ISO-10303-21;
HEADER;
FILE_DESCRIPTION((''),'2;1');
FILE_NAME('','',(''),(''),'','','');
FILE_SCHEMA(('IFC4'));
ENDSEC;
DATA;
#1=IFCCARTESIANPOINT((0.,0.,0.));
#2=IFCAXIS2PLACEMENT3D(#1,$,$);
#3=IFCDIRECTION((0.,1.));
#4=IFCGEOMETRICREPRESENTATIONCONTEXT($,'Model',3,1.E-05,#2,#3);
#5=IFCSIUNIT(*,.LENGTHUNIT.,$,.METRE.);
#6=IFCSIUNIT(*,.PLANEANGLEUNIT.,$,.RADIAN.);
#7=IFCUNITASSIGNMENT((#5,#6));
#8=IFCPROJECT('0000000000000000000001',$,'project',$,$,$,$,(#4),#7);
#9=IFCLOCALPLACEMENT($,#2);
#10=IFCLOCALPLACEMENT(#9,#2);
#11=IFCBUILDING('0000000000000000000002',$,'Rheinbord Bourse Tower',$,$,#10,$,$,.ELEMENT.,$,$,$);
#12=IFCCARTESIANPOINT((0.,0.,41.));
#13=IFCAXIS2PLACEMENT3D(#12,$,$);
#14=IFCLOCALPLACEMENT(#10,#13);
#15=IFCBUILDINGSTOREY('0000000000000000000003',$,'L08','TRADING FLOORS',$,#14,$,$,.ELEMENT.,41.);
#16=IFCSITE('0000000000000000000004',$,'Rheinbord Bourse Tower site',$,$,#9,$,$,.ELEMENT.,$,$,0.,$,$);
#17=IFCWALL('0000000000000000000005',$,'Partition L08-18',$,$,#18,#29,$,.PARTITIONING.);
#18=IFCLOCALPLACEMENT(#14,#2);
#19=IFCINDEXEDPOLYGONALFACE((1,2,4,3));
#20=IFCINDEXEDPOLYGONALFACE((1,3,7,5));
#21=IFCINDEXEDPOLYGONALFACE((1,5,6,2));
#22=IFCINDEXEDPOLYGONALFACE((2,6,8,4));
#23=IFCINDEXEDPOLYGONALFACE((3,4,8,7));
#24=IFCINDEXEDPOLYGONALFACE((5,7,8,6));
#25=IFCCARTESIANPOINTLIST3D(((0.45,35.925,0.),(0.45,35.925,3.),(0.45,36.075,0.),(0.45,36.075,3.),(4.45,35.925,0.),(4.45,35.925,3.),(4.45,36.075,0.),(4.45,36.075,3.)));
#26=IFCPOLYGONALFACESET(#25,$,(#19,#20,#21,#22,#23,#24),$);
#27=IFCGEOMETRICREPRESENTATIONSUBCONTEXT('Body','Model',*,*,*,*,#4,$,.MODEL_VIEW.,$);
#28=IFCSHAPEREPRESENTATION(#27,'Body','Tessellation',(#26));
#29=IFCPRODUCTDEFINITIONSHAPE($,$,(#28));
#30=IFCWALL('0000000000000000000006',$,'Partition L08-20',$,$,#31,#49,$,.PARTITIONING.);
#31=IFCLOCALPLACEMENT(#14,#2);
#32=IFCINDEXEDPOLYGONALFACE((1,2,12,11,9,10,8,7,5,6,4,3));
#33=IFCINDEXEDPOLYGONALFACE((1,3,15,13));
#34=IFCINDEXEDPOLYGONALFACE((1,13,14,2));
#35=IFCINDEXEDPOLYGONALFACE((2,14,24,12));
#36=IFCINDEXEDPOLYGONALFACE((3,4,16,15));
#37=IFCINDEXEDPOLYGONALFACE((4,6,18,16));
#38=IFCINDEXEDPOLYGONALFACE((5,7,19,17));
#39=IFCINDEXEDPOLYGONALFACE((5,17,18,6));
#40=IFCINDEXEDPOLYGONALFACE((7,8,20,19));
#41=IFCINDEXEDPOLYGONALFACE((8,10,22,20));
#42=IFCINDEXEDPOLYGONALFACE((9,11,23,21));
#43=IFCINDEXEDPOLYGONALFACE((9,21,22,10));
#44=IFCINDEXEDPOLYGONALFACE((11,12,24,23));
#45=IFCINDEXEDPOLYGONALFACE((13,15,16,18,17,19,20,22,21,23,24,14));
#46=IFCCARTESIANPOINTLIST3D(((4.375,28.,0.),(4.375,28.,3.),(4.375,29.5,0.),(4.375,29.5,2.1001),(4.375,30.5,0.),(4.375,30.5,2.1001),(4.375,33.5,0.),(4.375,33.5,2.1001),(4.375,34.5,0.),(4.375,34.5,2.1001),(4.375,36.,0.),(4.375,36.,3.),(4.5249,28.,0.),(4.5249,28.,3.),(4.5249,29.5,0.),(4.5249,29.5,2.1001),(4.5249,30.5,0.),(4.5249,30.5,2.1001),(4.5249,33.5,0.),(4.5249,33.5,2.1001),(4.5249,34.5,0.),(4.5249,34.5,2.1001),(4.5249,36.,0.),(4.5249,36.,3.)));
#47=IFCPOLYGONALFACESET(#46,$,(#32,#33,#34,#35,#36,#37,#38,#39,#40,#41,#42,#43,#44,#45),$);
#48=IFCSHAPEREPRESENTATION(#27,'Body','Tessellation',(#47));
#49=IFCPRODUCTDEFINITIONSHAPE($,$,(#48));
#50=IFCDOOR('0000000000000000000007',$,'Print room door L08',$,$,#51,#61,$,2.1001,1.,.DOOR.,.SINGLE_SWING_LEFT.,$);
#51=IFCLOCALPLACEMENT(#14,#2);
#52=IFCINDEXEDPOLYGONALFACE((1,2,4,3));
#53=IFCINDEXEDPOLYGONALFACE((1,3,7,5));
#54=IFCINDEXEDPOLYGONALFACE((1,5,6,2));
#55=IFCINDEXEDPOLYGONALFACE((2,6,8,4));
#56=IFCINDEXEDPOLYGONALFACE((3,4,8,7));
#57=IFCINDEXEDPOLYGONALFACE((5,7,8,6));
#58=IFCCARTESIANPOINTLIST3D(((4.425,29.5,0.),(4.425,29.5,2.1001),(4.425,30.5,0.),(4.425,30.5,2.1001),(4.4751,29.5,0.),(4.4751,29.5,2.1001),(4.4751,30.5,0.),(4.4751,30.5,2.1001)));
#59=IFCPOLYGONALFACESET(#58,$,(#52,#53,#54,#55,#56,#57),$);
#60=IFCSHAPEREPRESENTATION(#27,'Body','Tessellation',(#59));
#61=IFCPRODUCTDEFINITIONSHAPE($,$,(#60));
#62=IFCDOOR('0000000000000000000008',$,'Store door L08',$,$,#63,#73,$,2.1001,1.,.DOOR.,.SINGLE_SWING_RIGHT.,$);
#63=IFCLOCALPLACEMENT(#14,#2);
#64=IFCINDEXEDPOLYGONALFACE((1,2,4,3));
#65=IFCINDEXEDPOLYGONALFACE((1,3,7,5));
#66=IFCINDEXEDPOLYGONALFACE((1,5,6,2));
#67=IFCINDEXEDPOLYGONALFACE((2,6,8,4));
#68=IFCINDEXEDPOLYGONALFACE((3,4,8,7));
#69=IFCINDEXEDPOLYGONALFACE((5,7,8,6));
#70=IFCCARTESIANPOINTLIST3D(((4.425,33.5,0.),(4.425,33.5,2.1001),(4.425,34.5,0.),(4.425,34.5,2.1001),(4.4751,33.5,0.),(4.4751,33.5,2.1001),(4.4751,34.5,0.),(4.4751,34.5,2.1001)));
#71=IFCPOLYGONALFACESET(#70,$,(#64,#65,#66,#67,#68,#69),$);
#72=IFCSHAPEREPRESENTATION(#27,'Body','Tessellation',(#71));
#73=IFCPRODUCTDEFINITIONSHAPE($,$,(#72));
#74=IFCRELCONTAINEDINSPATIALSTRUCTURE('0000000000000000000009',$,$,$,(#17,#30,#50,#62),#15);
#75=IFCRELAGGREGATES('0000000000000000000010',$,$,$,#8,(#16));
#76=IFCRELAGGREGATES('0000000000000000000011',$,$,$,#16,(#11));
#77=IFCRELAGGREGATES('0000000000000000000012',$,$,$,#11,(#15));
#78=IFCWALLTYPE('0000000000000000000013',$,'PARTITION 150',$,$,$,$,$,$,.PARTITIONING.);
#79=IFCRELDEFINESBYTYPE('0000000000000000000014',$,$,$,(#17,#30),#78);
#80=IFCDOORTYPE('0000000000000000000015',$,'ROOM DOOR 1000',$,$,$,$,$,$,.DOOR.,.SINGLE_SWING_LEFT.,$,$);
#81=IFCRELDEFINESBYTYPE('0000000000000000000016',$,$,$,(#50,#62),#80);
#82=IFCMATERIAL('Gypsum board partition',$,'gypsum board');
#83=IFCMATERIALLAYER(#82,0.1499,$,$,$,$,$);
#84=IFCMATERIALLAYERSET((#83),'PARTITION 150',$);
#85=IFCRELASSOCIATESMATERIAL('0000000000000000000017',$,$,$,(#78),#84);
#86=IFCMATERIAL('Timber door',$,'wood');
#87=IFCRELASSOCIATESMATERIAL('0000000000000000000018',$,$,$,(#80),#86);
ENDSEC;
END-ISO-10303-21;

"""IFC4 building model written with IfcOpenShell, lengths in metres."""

from ifc_helpers import new_model, si_unit, direction, frame, frame_2d, origin, place, context, subcontext, project, spatial, rectangle, extrude, material, layer, layer_set, type_object, element, fill, save


model = new_model("IFC4")

# Units and contexts
model_context = context("Model", 3, precision=1e-05, world=origin(), true_north=direction((0.0, 1.0)))
body_context = subcontext(model_context, "Body", "Model", "MODEL_VIEW")
ifc_project = project(units=[si_unit("LENGTHUNIT", "METRE"), si_unit("PLANEANGLEUNIT", "RADIAN")], contexts=[model_context])

# Site, building, storey
site_placement = place(None, origin())
site = spatial("IfcSite", under=ifc_project, at=site_placement, Name="Rheinbord Bourse Tower site", CompositionType="ELEMENT", RefElevation=0.0)
building_placement = place(site_placement, origin())
building = spatial("IfcBuilding", under=site, at=building_placement, Name="Rheinbord Bourse Tower", CompositionType="ELEMENT")
storey_placement = place(building_placement, frame((0.0, 0.0, 41.0)))
storey = spatial("IfcBuildingStorey", under=building, at=storey_placement, Name="L08", Description="TRADING FLOORS", CompositionType="ELEMENT", Elevation=41.0)

# Wall
ifc_material_1 = material(Name="Gypsum board partition", Category="gypsum board")
ifc_layer_1 = layer(ifc_material_1, 0.1499)
ifc_layer_set_1 = layer_set([ifc_layer_1], Name="PARTITION 150")
wall_type = type_object("IfcWallType", Name="PARTITION 150", PredefinedType="PARTITIONING", material=ifc_layer_set_1)
for number, where, z_axis, x_axis, name in (
    (1, (0.45, 36.0, 0.0), (0.0, 0.0, 1.0), (1.0, 0.0, 0.0), "Partition L08-18"),
):
    element("IfcWall", number, at=place(storey_placement, frame(where, z_axis=z_axis, x_axis=x_axis)), inside=storey, type_object=wall_type, Name=name, PredefinedType="PARTITIONING", context=body_context, shape_type="SweptSolid", body=[
        extrude(rectangle(XDim=4.0, YDim=0.1499, at=frame_2d((2.0, 0.0))), origin(), (0.0, 0.0, 1.0), 3.0),
    ])

# Wall, openings, doors
wall_placement = place(storey_placement, frame((4.45, 28.0, 0.0), z_axis=(0.0, 0.0, 1.0), x_axis=(0.0, 1.0, 0.0)))
wall = element("IfcWall", 2, at=wall_placement, inside=storey, type_object=wall_type, Name="Partition L08-20", PredefinedType="PARTITIONING", context=body_context, shape_type="SweptSolid", body=[
    extrude(rectangle(XDim=8.0, YDim=0.1499, at=frame_2d((4.0, 0.0))), origin(), (0.0, 0.0, 1.0), 3.0),
])
opening_1_placement = place(wall_placement, frame((1.5, 0.0, 0.0)))
opening_1 = element("IfcOpeningElement", 3, at=opening_1_placement, cuts=wall, PredefinedType="OPENING", context=body_context, shape_type="SweptSolid", body=[
    extrude(rectangle(XDim=1.0, YDim=2.1001, at=frame_2d((0.5, 1.05))), frame((0.0, 0.085, 0.0), z_axis=(0.0, -1.0, 0.0), x_axis=(1.0, 0.0, 0.0)), (0.0, 0.0, 1.0), 0.1699),
])
opening_2_placement = place(wall_placement, frame((5.5, 0.0, 0.0)))
opening_2 = element("IfcOpeningElement", 4, at=opening_2_placement, cuts=wall, PredefinedType="OPENING", context=body_context, shape_type="SweptSolid", body=[
    extrude(rectangle(XDim=1.0, YDim=2.1001, at=frame_2d((0.5, 1.05))), frame((0.0, 0.085, 0.0), z_axis=(0.0, -1.0, 0.0), x_axis=(1.0, 0.0, 0.0)), (0.0, 0.0, 1.0), 0.1699),
])
ifc_material_2 = material(Name="Timber door", Category="wood")
door_type = type_object("IfcDoorType", Name="ROOM DOOR 1000", OperationType="SINGLE_SWING_LEFT", PredefinedType="DOOR", material=ifc_material_2)
door_1_placement = place(opening_1_placement, origin())
door_1 = element("IfcDoor", 5, at=door_1_placement, inside=storey, type_object=door_type, Name="Print room door L08", OperationType="SINGLE_SWING_LEFT", OverallHeight=2.1001, OverallWidth=1.0, PredefinedType="DOOR", context=body_context, shape_type="SweptSolid", body=[
    extrude(rectangle(XDim=1.0, YDim=2.1001, at=frame_2d((0.5, 1.05))), frame((0.0, 0.0249, 0.0), z_axis=(0.0, -1.0, 0.0), x_axis=(1.0, 0.0, 0.0)), (0.0, 0.0, 1.0), 0.05),
])
fill(opening_1, door_1)
door_2_placement = place(opening_2_placement, origin())
door_2 = element("IfcDoor", 6, at=door_2_placement, inside=storey, type_object=door_type, Name="Store door L08", OperationType="SINGLE_SWING_RIGHT", OverallHeight=2.1001, OverallWidth=1.0, PredefinedType="DOOR", context=body_context, shape_type="SweptSolid", body=[
    extrude(rectangle(XDim=1.0, YDim=2.1001, at=frame_2d((0.5, 1.05))), frame((0.0, 0.0249, 0.0), z_axis=(0.0, -1.0, 0.0), x_axis=(1.0, 0.0, 0.0)), (0.0, 0.0, 1.0), 0.05),
])
fill(opening_2, door_2)

save(model, "model.ifc")
